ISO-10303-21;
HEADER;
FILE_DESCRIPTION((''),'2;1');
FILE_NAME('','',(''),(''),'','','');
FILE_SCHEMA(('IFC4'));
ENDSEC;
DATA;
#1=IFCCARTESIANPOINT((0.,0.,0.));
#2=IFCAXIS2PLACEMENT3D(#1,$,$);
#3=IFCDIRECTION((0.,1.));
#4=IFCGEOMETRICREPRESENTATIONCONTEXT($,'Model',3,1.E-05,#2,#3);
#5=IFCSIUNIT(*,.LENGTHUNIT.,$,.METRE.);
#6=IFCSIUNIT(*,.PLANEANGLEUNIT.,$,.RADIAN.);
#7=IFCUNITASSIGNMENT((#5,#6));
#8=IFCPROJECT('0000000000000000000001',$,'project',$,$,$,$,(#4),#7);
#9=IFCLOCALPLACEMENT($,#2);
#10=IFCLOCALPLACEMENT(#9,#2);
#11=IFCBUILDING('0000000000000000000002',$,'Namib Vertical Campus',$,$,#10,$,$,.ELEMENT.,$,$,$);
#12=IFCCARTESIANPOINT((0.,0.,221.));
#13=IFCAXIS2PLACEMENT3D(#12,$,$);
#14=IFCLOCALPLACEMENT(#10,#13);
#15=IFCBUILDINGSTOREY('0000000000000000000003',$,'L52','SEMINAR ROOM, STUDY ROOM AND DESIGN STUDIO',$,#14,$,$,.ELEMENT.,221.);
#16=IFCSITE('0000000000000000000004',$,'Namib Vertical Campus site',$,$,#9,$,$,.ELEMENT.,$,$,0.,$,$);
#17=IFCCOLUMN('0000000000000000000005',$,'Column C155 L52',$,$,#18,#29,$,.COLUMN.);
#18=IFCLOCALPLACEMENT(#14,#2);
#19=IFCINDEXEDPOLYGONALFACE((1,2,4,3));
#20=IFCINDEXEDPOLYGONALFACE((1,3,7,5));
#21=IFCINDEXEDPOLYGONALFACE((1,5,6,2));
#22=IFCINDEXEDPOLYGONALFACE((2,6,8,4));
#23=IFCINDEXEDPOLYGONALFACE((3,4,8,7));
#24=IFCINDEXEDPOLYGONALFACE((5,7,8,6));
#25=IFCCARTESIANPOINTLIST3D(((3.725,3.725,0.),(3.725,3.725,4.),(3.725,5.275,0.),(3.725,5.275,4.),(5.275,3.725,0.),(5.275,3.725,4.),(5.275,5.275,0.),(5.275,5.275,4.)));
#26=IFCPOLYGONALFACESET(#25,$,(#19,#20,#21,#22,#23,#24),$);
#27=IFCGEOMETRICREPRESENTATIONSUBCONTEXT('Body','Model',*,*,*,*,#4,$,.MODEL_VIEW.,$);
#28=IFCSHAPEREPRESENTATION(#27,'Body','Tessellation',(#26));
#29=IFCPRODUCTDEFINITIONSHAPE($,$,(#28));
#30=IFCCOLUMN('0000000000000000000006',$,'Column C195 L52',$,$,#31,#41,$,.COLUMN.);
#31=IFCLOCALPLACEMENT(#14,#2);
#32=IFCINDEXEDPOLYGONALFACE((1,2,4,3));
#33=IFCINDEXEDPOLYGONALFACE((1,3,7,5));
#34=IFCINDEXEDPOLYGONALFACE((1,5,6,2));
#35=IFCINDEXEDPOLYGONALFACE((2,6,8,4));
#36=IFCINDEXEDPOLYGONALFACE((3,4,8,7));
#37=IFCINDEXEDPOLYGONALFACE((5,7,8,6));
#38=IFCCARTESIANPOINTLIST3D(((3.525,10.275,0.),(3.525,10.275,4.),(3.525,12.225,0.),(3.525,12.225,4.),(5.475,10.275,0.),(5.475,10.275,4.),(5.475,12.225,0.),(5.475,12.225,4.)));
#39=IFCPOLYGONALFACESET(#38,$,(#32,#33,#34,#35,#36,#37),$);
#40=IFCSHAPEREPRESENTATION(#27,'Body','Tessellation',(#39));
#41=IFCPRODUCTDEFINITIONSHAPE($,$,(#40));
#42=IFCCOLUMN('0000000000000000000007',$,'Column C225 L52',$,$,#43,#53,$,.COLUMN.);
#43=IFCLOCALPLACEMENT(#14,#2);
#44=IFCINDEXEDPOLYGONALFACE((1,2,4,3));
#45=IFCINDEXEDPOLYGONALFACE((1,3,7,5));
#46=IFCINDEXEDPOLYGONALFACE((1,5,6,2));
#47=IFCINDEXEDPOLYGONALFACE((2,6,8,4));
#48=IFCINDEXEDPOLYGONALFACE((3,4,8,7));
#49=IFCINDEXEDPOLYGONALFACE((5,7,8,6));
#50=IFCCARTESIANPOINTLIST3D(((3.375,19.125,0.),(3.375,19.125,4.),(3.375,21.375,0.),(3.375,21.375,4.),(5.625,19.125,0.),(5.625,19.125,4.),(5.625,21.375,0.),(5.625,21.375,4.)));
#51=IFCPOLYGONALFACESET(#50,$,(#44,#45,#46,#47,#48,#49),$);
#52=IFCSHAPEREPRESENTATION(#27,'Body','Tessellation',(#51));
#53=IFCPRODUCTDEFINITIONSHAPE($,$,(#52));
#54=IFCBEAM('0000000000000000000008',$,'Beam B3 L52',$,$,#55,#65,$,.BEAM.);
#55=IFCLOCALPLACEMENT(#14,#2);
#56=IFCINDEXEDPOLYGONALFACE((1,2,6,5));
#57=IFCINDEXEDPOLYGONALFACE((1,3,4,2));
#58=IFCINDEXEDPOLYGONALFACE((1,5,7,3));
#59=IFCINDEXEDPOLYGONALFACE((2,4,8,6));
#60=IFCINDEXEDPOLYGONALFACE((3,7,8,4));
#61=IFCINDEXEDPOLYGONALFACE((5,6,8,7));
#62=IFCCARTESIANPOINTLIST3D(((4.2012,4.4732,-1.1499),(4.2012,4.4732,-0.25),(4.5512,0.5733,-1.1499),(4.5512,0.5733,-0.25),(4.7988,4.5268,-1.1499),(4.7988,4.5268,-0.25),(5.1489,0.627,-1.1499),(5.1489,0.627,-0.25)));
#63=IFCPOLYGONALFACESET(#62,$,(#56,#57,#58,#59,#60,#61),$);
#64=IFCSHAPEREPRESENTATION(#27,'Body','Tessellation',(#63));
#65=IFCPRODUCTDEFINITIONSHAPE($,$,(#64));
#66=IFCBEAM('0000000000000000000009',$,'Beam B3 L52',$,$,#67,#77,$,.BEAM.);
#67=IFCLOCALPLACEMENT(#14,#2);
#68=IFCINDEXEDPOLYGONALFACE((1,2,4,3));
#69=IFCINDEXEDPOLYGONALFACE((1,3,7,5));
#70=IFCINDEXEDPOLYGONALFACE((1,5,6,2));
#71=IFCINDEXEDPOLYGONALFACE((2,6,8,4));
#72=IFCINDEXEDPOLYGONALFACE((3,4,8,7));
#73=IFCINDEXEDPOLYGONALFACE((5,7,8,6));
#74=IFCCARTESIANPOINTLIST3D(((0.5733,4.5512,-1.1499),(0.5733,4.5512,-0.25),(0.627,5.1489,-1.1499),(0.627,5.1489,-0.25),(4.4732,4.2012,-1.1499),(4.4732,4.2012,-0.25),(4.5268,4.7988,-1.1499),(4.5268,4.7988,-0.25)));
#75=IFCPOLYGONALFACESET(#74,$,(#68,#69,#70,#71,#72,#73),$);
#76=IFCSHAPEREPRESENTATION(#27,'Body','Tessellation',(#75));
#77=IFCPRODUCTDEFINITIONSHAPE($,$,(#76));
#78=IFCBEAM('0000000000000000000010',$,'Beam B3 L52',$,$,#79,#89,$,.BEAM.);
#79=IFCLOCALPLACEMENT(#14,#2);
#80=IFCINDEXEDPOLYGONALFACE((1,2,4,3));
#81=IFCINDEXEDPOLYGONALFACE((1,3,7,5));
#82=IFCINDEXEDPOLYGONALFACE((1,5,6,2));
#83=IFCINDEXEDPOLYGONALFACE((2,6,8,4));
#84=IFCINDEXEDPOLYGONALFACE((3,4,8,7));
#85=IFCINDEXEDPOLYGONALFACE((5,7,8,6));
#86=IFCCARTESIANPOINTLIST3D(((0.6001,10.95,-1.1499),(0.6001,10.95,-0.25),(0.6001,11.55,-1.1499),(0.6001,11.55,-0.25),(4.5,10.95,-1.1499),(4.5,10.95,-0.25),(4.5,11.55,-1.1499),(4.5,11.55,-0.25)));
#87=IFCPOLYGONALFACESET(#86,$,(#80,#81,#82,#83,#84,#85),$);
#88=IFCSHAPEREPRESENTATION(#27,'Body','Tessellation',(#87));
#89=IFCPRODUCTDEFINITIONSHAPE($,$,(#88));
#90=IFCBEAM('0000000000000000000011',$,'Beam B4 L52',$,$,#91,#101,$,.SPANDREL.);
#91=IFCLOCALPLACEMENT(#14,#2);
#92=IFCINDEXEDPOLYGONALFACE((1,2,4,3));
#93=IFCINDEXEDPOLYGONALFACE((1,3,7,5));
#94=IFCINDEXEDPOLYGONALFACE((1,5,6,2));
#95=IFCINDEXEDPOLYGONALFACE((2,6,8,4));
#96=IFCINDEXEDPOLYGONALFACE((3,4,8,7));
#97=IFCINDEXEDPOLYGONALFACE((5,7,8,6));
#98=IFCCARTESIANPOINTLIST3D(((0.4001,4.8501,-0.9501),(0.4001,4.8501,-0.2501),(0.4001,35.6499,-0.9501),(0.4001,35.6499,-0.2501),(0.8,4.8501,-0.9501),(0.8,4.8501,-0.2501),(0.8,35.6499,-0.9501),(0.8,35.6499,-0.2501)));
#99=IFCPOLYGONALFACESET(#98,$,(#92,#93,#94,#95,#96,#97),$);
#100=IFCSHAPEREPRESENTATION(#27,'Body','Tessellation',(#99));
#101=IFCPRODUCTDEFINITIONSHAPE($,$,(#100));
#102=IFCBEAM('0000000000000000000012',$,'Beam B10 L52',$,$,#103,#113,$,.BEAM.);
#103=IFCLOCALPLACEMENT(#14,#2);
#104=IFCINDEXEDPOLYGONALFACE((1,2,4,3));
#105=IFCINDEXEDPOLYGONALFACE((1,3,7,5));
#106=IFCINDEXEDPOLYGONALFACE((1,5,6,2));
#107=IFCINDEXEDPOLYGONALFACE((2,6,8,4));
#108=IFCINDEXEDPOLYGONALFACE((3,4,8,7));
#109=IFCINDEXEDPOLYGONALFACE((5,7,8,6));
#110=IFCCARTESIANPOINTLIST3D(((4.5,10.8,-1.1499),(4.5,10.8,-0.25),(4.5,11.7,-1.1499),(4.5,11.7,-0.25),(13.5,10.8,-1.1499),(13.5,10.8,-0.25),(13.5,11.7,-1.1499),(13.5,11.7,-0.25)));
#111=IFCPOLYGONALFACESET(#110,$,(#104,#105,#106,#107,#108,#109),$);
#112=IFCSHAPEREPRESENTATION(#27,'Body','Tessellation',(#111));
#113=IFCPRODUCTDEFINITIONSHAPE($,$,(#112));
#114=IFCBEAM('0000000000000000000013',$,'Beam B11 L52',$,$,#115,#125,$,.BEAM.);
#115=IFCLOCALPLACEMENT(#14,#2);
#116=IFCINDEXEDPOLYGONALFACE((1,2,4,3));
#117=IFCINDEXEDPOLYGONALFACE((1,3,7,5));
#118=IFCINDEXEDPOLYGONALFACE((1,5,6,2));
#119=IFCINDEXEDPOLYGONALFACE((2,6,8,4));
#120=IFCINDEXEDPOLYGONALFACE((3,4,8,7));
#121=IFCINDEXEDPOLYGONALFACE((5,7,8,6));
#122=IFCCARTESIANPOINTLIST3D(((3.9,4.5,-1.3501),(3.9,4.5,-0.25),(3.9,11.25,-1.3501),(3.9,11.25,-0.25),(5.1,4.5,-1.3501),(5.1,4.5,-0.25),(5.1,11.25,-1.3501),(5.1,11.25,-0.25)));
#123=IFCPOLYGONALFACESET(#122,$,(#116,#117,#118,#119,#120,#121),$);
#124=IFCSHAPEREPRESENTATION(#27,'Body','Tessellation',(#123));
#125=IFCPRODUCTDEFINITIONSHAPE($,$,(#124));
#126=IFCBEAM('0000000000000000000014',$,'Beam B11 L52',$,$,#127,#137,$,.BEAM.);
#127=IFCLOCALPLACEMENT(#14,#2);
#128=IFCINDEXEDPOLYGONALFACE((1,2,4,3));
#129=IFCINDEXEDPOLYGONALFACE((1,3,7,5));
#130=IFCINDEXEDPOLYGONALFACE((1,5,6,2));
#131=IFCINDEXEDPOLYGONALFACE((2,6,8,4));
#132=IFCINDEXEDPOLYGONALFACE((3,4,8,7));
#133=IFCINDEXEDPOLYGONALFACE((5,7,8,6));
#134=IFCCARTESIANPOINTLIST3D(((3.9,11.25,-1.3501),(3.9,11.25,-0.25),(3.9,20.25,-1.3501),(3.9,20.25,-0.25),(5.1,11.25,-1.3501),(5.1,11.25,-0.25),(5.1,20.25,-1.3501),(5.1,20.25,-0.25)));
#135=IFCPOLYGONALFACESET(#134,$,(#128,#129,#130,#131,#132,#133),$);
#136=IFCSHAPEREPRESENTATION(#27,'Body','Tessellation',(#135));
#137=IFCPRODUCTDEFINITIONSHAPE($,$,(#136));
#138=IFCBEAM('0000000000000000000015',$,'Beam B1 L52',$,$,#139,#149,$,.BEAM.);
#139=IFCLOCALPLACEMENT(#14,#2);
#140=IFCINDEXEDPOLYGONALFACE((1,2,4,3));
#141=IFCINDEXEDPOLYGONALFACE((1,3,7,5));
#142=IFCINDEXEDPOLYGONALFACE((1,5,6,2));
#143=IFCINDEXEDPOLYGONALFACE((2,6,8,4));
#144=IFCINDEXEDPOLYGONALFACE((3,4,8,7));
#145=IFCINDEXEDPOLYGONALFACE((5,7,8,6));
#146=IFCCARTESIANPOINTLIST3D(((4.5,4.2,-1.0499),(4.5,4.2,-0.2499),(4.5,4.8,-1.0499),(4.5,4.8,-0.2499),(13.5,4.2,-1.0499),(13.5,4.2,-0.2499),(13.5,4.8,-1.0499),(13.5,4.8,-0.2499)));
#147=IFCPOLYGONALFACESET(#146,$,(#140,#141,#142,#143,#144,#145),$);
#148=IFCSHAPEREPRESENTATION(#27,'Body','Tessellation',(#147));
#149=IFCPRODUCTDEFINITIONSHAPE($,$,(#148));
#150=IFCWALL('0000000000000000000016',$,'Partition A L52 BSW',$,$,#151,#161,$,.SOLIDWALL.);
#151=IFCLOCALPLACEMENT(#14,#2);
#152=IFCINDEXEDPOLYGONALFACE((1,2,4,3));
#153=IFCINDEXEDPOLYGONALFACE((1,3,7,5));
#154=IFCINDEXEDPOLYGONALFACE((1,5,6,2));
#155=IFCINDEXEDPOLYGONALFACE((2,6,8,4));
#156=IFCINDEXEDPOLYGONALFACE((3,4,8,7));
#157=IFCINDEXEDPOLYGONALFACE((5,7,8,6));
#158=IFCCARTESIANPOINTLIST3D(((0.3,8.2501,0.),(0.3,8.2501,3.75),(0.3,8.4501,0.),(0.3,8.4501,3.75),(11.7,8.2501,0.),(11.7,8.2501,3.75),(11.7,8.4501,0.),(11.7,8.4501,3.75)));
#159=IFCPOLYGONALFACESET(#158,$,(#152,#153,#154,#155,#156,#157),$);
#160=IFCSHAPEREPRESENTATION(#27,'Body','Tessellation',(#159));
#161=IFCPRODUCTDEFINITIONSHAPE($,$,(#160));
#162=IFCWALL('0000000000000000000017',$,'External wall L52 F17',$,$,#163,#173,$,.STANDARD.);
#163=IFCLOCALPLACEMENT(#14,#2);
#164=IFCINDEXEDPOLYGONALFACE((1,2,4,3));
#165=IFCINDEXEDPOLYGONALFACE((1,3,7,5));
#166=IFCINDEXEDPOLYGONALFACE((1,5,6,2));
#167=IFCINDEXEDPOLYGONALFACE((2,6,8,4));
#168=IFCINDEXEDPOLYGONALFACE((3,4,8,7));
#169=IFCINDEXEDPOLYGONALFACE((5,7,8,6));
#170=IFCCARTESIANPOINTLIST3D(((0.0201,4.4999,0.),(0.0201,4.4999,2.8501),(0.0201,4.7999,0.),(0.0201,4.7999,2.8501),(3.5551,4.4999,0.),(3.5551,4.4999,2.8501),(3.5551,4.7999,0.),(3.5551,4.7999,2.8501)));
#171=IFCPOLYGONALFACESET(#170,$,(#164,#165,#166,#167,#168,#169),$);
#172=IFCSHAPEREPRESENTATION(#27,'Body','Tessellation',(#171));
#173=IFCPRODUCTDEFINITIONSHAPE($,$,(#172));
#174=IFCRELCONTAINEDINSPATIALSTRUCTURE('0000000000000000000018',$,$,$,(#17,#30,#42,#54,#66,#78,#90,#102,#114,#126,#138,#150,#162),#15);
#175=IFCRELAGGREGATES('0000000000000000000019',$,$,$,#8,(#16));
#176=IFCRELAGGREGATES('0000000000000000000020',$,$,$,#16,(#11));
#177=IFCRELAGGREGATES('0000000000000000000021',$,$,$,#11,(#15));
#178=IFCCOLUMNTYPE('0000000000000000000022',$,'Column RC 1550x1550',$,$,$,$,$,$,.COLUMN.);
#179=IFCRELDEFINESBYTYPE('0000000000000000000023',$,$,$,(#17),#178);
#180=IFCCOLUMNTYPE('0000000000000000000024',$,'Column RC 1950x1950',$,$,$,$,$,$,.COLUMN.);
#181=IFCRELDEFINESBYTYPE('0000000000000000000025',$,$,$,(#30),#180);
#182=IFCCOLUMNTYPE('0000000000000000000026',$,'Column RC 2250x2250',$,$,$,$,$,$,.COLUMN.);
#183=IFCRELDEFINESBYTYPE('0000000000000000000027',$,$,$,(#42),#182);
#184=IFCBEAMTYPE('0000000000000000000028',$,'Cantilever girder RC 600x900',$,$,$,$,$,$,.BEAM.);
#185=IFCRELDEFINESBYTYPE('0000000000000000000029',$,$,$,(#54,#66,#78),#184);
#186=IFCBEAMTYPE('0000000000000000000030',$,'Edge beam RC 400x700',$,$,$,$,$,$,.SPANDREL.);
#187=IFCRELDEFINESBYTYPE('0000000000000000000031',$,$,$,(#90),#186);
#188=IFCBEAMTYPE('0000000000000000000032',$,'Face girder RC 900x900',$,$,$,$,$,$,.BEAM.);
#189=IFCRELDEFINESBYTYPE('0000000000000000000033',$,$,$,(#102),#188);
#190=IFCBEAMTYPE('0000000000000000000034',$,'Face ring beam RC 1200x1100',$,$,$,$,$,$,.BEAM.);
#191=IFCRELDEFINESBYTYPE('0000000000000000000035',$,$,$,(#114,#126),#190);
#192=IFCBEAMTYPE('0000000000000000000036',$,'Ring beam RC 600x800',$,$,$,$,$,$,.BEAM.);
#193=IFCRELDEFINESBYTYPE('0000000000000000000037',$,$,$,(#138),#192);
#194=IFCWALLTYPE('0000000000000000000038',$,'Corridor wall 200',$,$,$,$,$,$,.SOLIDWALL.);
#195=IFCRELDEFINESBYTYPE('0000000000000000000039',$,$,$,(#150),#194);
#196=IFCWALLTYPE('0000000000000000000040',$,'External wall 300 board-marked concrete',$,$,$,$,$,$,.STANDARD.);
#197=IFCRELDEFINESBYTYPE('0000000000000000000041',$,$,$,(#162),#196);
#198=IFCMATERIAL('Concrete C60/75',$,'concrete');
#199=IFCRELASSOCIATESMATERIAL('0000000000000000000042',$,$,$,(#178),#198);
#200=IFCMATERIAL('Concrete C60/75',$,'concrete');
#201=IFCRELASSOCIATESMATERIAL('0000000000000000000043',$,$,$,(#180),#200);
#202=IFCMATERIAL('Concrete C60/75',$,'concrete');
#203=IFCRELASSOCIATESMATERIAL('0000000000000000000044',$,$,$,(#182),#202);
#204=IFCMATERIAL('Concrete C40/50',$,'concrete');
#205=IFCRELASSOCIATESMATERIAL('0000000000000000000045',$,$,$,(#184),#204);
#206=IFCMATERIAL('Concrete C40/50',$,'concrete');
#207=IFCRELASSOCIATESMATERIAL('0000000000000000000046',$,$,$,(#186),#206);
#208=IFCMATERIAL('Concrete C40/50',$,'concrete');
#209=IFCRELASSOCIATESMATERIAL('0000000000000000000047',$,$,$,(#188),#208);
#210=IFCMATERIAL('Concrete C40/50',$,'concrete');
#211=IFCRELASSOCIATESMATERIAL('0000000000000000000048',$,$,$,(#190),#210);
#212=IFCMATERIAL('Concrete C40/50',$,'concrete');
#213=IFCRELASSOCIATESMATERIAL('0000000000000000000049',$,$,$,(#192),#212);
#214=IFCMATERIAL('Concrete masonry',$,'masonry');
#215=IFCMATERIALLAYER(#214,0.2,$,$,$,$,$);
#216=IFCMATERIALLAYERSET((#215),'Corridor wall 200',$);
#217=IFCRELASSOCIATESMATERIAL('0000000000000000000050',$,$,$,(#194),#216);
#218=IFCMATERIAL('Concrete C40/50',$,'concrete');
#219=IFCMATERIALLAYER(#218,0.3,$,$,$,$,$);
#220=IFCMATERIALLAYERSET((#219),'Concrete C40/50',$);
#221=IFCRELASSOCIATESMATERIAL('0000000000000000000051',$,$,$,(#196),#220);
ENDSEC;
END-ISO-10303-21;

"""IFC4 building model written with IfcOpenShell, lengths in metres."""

from ifc_helpers import new_model, si_unit, direction, frame, frame_2d, origin, origin_2d, place, context, subcontext, project, spatial, rectangle, extrude, material, layer, layer_set, material_profile, profile_set, type_object, element, save


model = new_model("IFC4")

# Units and contexts
model_context = context("Model", 3, precision=1e-05, world=origin(), true_north=direction((0.0, 1.0)))
body_context = subcontext(model_context, "Body", "Model", "MODEL_VIEW")
ifc_project = project(units=[si_unit("LENGTHUNIT", "METRE"), si_unit("PLANEANGLEUNIT", "RADIAN")], contexts=[model_context])

# Site, building, storey
site_placement = place(None, origin())
site = spatial("IfcSite", under=ifc_project, at=site_placement, Name="Namib Vertical Campus site", CompositionType="ELEMENT", RefElevation=0.0)
building_placement = place(site_placement, origin())
building = spatial("IfcBuilding", under=site, at=building_placement, Name="Namib Vertical Campus", CompositionType="ELEMENT")
storey_placement = place(building_placement, frame((0.0, 0.0, 221.0)))
storey = spatial("IfcBuildingStorey", under=building, at=storey_placement, Name="L52", Description="SEMINAR ROOM, STUDY ROOM AND DESIGN STUDIO", CompositionType="ELEMENT", Elevation=221.0)

# Columns
ifc_material_1 = material(Name="Concrete C60/75", Category="concrete")
ifc_material_profile_1 = material_profile(ifc_material_1, rectangle(XDim=1.55, YDim=1.55, at=origin_2d()))
ifc_profile_set_1 = profile_set([ifc_material_profile_1], Name="Concrete C60/75")
column_type_1 = type_object("IfcColumnType", Name="Column RC 1550x1550", PredefinedType="COLUMN", material=ifc_profile_set_1)
column_1_placement = place(storey_placement, frame((4.5, 4.5, 0.0), z_axis=(0.0, 0.0, 1.0), x_axis=(1.0, 0.0, 0.0)))
element("IfcColumn", 1, at=column_1_placement, inside=storey, type_object=column_type_1, Name="Column C155 L52", PredefinedType="COLUMN", context=body_context, shape_type="SweptSolid", body=[
    extrude(rectangle(XDim=1.55, YDim=1.55, at=origin_2d()), origin(), (0.0, 0.0, 1.0), 4.0),
])
ifc_material_2 = material(Name="Concrete C60/75", Category="concrete")
ifc_material_profile_2 = material_profile(ifc_material_2, rectangle(XDim=1.95, YDim=1.95, at=origin_2d()))
ifc_profile_set_2 = profile_set([ifc_material_profile_2], Name="Concrete C60/75")
column_type_2 = type_object("IfcColumnType", Name="Column RC 1950x1950", PredefinedType="COLUMN", material=ifc_profile_set_2)
column_2_placement = place(storey_placement, frame((4.5, 11.25, 0.0), z_axis=(0.0, 0.0, 1.0), x_axis=(1.0, 0.0, 0.0)))
element("IfcColumn", 2, at=column_2_placement, inside=storey, type_object=column_type_2, Name="Column C195 L52", PredefinedType="COLUMN", context=body_context, shape_type="SweptSolid", body=[
    extrude(rectangle(XDim=1.95, YDim=1.95, at=origin_2d()), origin(), (0.0, 0.0, 1.0), 4.0),
])
ifc_material_3 = material(Name="Concrete C60/75", Category="concrete")
ifc_material_profile_3 = material_profile(ifc_material_3, rectangle(XDim=2.25, YDim=2.25, at=origin_2d()))
ifc_profile_set_3 = profile_set([ifc_material_profile_3], Name="Concrete C60/75")
column_type_3 = type_object("IfcColumnType", Name="Column RC 2250x2250", PredefinedType="COLUMN", material=ifc_profile_set_3)
column_3_placement = place(storey_placement, frame((4.5, 20.25, 0.0), z_axis=(0.0, 0.0, 1.0), x_axis=(1.0, 0.0, 0.0)))
element("IfcColumn", 3, at=column_3_placement, inside=storey, type_object=column_type_3, Name="Column C225 L52", PredefinedType="COLUMN", context=body_context, shape_type="SweptSolid", body=[
    extrude(rectangle(XDim=2.25, YDim=2.25, at=origin_2d()), origin(), (0.0, 0.0, 1.0), 4.0),
])

# Beams
ifc_material_4 = material(Name="Concrete C40/50", Category="concrete")
ifc_material_profile_4 = material_profile(ifc_material_4, rectangle(XDim=0.6001, YDim=0.8999, at=origin_2d()))
ifc_profile_set_4 = profile_set([ifc_material_profile_4], Name="Concrete C40/50")
beam_type_1 = type_object("IfcBeamType", Name="Cantilever girder RC 600x900", PredefinedType="BEAM", material=ifc_profile_set_4)
for number, where, z_axis, x_axis, name in (
    (4, (4.5, 4.5, -0.7), (0.089411, -0.995995, 0.0), (0.995995, 0.089411, 0.0), "Beam B3 L52"),
    (5, (4.5, 4.5, -0.7), (-0.995995, 0.089411, 0.0), (-0.089411, -0.995995, 0.0), "Beam B3 L52"),
):
    element("IfcBeam", number, at=place(storey_placement, frame(where, z_axis=z_axis, x_axis=x_axis)), inside=storey, type_object=beam_type_1, Name=name, PredefinedType="BEAM", context=body_context, shape_type="SweptSolid", body=[
        extrude(rectangle(XDim=0.6001, YDim=0.8999, at=origin_2d()), origin(), (0.0, 0.0, 1.0), 3.9155),
    ])
beam_1_placement = place(storey_placement, frame((4.5, 11.25, -0.7), z_axis=(-1.0, 0.0, 0.0), x_axis=(0.0, -1.0, 0.0)))
element("IfcBeam", 6, at=beam_1_placement, inside=storey, type_object=beam_type_1, Name="Beam B3 L52", PredefinedType="BEAM", context=body_context, shape_type="SweptSolid", body=[
    extrude(rectangle(XDim=0.6001, YDim=0.8999, at=origin_2d()), origin(), (0.0, 0.0, 1.0), 3.8999),
])
ifc_material_5 = material(Name="Concrete C40/50", Category="concrete")
ifc_material_profile_5 = material_profile(ifc_material_5, rectangle(XDim=0.3999, YDim=0.7, at=origin_2d()))
ifc_profile_set_5 = profile_set([ifc_material_profile_5], Name="Concrete C40/50")
beam_type_2 = type_object("IfcBeamType", Name="Edge beam RC 400x700", PredefinedType="SPANDREL", material=ifc_profile_set_5)
beam_2_placement = place(storey_placement, frame((0.6001, 4.8501, -0.6001), z_axis=(0.0, 1.0, 0.0), x_axis=(-1.0, 0.0, 0.0)))
element("IfcBeam", 7, at=beam_2_placement, inside=storey, type_object=beam_type_2, Name="Beam B4 L52", PredefinedType="SPANDREL", context=body_context, shape_type="SweptSolid", body=[
    extrude(rectangle(XDim=0.3999, YDim=0.7, at=origin_2d()), origin(), (0.0, 0.0, 1.0), 30.7998),
])
ifc_material_6 = material(Name="Concrete C40/50", Category="concrete")
ifc_material_profile_6 = material_profile(ifc_material_6, rectangle(XDim=0.8999, YDim=0.8999, at=origin_2d()))
ifc_profile_set_6 = profile_set([ifc_material_profile_6], Name="Concrete C40/50")
beam_type_3 = type_object("IfcBeamType", Name="Face girder RC 900x900", PredefinedType="BEAM", material=ifc_profile_set_6)
beam_3_placement = place(storey_placement, frame((4.5, 11.25, -0.7), z_axis=(1.0, 0.0, 0.0), x_axis=(0.0, 1.0, 0.0)))
element("IfcBeam", 8, at=beam_3_placement, inside=storey, type_object=beam_type_3, Name="Beam B10 L52", PredefinedType="BEAM", context=body_context, shape_type="SweptSolid", body=[
    extrude(rectangle(XDim=0.8999, YDim=0.8999, at=origin_2d()), origin(), (0.0, 0.0, 1.0), 9.0),
])
ifc_material_7 = material(Name="Concrete C40/50", Category="concrete")
ifc_material_profile_7 = material_profile(ifc_material_7, rectangle(XDim=1.2, YDim=1.1001, at=origin_2d()))
ifc_profile_set_7 = profile_set([ifc_material_profile_7], Name="Concrete C40/50")
beam_type_4 = type_object("IfcBeamType", Name="Face ring beam RC 1200x1100", PredefinedType="BEAM", material=ifc_profile_set_7)
beam_4_placement = place(storey_placement, frame((4.5, 4.5, -0.8), z_axis=(0.0, 1.0, 0.0), x_axis=(-1.0, 0.0, 0.0)))
element("IfcBeam", 9, at=beam_4_placement, inside=storey, type_object=beam_type_4, Name="Beam B11 L52", PredefinedType="BEAM", context=body_context, shape_type="SweptSolid", body=[
    extrude(rectangle(XDim=1.2, YDim=1.1001, at=origin_2d()), origin(), (0.0, 0.0, 1.0), 6.75),
])
beam_5_placement = place(storey_placement, frame((4.5, 11.25, -0.8), z_axis=(0.0, 1.0, 0.0), x_axis=(-1.0, 0.0, 0.0)))
element("IfcBeam", 10, at=beam_5_placement, inside=storey, type_object=beam_type_4, Name="Beam B11 L52", PredefinedType="BEAM", context=body_context, shape_type="SweptSolid", body=[
    extrude(rectangle(XDim=1.2, YDim=1.1001, at=origin_2d()), origin(), (0.0, 0.0, 1.0), 9.0),
])
ifc_material_8 = material(Name="Concrete C40/50", Category="concrete")
ifc_material_profile_8 = material_profile(ifc_material_8, rectangle(XDim=0.6001, YDim=0.8, at=origin_2d()))
ifc_profile_set_8 = profile_set([ifc_material_profile_8], Name="Concrete C40/50")
beam_type_5 = type_object("IfcBeamType", Name="Ring beam RC 600x800", PredefinedType="BEAM", material=ifc_profile_set_8)
beam_6_placement = place(storey_placement, frame((4.5, 4.5, -0.6499), z_axis=(1.0, 0.0, 0.0), x_axis=(0.0, 1.0, 0.0)))
element("IfcBeam", 11, at=beam_6_placement, inside=storey, type_object=beam_type_5, Name="Beam B1 L52", PredefinedType="BEAM", context=body_context, shape_type="SweptSolid", body=[
    extrude(rectangle(XDim=0.6001, YDim=0.8, at=origin_2d()), origin(), (0.0, 0.0, 1.0), 9.0),
])

# Walls
ifc_material_9 = material(Name="Concrete masonry", Category="masonry")
ifc_layer_1 = layer(ifc_material_9, 0.2)
ifc_layer_set_1 = layer_set([ifc_layer_1], Name="Corridor wall 200")
wall_type_1 = type_object("IfcWallType", Name="Corridor wall 200", PredefinedType="SOLIDWALL", material=ifc_layer_set_1)
wall_1_placement = place(storey_placement, frame((0.3, 8.3501, 0.0), z_axis=(0.0, 0.0, 1.0), x_axis=(1.0, 0.0, 0.0)))
element("IfcWall", 12, at=wall_1_placement, inside=storey, type_object=wall_type_1, Name="Partition A L52 BSW", PredefinedType="SOLIDWALL", context=body_context, shape_type="SweptSolid", body=[
    extrude(rectangle(XDim=11.3999, YDim=0.2, at=frame_2d((5.7, 0.0))), origin(), (0.0, 0.0, 1.0), 3.75),
])
ifc_material_10 = material(Name="Concrete C40/50", Category="concrete")
ifc_layer_2 = layer(ifc_material_10, 0.3)
ifc_layer_set_2 = layer_set([ifc_layer_2], Name="Concrete C40/50")
wall_type_2 = type_object("IfcWallType", Name="External wall 300 board-marked concrete", PredefinedType="STANDARD", material=ifc_layer_set_2)
wall_2_placement = place(storey_placement, frame((0.02, 4.6499, 0.0), z_axis=(0.0, 0.0, 1.0), x_axis=(1.0, 0.0, 0.0)))
element("IfcWall", 13, at=wall_2_placement, inside=storey, type_object=wall_type_2, Name="External wall L52 F17", PredefinedType="STANDARD", context=body_context, shape_type="SweptSolid", body=[
    extrude(rectangle(XDim=3.5349, YDim=0.3, at=frame_2d((1.7676, 0.0))), origin(), (0.0, 0.0, 1.0), 2.8501),
])

save(model, "model.ifc")
